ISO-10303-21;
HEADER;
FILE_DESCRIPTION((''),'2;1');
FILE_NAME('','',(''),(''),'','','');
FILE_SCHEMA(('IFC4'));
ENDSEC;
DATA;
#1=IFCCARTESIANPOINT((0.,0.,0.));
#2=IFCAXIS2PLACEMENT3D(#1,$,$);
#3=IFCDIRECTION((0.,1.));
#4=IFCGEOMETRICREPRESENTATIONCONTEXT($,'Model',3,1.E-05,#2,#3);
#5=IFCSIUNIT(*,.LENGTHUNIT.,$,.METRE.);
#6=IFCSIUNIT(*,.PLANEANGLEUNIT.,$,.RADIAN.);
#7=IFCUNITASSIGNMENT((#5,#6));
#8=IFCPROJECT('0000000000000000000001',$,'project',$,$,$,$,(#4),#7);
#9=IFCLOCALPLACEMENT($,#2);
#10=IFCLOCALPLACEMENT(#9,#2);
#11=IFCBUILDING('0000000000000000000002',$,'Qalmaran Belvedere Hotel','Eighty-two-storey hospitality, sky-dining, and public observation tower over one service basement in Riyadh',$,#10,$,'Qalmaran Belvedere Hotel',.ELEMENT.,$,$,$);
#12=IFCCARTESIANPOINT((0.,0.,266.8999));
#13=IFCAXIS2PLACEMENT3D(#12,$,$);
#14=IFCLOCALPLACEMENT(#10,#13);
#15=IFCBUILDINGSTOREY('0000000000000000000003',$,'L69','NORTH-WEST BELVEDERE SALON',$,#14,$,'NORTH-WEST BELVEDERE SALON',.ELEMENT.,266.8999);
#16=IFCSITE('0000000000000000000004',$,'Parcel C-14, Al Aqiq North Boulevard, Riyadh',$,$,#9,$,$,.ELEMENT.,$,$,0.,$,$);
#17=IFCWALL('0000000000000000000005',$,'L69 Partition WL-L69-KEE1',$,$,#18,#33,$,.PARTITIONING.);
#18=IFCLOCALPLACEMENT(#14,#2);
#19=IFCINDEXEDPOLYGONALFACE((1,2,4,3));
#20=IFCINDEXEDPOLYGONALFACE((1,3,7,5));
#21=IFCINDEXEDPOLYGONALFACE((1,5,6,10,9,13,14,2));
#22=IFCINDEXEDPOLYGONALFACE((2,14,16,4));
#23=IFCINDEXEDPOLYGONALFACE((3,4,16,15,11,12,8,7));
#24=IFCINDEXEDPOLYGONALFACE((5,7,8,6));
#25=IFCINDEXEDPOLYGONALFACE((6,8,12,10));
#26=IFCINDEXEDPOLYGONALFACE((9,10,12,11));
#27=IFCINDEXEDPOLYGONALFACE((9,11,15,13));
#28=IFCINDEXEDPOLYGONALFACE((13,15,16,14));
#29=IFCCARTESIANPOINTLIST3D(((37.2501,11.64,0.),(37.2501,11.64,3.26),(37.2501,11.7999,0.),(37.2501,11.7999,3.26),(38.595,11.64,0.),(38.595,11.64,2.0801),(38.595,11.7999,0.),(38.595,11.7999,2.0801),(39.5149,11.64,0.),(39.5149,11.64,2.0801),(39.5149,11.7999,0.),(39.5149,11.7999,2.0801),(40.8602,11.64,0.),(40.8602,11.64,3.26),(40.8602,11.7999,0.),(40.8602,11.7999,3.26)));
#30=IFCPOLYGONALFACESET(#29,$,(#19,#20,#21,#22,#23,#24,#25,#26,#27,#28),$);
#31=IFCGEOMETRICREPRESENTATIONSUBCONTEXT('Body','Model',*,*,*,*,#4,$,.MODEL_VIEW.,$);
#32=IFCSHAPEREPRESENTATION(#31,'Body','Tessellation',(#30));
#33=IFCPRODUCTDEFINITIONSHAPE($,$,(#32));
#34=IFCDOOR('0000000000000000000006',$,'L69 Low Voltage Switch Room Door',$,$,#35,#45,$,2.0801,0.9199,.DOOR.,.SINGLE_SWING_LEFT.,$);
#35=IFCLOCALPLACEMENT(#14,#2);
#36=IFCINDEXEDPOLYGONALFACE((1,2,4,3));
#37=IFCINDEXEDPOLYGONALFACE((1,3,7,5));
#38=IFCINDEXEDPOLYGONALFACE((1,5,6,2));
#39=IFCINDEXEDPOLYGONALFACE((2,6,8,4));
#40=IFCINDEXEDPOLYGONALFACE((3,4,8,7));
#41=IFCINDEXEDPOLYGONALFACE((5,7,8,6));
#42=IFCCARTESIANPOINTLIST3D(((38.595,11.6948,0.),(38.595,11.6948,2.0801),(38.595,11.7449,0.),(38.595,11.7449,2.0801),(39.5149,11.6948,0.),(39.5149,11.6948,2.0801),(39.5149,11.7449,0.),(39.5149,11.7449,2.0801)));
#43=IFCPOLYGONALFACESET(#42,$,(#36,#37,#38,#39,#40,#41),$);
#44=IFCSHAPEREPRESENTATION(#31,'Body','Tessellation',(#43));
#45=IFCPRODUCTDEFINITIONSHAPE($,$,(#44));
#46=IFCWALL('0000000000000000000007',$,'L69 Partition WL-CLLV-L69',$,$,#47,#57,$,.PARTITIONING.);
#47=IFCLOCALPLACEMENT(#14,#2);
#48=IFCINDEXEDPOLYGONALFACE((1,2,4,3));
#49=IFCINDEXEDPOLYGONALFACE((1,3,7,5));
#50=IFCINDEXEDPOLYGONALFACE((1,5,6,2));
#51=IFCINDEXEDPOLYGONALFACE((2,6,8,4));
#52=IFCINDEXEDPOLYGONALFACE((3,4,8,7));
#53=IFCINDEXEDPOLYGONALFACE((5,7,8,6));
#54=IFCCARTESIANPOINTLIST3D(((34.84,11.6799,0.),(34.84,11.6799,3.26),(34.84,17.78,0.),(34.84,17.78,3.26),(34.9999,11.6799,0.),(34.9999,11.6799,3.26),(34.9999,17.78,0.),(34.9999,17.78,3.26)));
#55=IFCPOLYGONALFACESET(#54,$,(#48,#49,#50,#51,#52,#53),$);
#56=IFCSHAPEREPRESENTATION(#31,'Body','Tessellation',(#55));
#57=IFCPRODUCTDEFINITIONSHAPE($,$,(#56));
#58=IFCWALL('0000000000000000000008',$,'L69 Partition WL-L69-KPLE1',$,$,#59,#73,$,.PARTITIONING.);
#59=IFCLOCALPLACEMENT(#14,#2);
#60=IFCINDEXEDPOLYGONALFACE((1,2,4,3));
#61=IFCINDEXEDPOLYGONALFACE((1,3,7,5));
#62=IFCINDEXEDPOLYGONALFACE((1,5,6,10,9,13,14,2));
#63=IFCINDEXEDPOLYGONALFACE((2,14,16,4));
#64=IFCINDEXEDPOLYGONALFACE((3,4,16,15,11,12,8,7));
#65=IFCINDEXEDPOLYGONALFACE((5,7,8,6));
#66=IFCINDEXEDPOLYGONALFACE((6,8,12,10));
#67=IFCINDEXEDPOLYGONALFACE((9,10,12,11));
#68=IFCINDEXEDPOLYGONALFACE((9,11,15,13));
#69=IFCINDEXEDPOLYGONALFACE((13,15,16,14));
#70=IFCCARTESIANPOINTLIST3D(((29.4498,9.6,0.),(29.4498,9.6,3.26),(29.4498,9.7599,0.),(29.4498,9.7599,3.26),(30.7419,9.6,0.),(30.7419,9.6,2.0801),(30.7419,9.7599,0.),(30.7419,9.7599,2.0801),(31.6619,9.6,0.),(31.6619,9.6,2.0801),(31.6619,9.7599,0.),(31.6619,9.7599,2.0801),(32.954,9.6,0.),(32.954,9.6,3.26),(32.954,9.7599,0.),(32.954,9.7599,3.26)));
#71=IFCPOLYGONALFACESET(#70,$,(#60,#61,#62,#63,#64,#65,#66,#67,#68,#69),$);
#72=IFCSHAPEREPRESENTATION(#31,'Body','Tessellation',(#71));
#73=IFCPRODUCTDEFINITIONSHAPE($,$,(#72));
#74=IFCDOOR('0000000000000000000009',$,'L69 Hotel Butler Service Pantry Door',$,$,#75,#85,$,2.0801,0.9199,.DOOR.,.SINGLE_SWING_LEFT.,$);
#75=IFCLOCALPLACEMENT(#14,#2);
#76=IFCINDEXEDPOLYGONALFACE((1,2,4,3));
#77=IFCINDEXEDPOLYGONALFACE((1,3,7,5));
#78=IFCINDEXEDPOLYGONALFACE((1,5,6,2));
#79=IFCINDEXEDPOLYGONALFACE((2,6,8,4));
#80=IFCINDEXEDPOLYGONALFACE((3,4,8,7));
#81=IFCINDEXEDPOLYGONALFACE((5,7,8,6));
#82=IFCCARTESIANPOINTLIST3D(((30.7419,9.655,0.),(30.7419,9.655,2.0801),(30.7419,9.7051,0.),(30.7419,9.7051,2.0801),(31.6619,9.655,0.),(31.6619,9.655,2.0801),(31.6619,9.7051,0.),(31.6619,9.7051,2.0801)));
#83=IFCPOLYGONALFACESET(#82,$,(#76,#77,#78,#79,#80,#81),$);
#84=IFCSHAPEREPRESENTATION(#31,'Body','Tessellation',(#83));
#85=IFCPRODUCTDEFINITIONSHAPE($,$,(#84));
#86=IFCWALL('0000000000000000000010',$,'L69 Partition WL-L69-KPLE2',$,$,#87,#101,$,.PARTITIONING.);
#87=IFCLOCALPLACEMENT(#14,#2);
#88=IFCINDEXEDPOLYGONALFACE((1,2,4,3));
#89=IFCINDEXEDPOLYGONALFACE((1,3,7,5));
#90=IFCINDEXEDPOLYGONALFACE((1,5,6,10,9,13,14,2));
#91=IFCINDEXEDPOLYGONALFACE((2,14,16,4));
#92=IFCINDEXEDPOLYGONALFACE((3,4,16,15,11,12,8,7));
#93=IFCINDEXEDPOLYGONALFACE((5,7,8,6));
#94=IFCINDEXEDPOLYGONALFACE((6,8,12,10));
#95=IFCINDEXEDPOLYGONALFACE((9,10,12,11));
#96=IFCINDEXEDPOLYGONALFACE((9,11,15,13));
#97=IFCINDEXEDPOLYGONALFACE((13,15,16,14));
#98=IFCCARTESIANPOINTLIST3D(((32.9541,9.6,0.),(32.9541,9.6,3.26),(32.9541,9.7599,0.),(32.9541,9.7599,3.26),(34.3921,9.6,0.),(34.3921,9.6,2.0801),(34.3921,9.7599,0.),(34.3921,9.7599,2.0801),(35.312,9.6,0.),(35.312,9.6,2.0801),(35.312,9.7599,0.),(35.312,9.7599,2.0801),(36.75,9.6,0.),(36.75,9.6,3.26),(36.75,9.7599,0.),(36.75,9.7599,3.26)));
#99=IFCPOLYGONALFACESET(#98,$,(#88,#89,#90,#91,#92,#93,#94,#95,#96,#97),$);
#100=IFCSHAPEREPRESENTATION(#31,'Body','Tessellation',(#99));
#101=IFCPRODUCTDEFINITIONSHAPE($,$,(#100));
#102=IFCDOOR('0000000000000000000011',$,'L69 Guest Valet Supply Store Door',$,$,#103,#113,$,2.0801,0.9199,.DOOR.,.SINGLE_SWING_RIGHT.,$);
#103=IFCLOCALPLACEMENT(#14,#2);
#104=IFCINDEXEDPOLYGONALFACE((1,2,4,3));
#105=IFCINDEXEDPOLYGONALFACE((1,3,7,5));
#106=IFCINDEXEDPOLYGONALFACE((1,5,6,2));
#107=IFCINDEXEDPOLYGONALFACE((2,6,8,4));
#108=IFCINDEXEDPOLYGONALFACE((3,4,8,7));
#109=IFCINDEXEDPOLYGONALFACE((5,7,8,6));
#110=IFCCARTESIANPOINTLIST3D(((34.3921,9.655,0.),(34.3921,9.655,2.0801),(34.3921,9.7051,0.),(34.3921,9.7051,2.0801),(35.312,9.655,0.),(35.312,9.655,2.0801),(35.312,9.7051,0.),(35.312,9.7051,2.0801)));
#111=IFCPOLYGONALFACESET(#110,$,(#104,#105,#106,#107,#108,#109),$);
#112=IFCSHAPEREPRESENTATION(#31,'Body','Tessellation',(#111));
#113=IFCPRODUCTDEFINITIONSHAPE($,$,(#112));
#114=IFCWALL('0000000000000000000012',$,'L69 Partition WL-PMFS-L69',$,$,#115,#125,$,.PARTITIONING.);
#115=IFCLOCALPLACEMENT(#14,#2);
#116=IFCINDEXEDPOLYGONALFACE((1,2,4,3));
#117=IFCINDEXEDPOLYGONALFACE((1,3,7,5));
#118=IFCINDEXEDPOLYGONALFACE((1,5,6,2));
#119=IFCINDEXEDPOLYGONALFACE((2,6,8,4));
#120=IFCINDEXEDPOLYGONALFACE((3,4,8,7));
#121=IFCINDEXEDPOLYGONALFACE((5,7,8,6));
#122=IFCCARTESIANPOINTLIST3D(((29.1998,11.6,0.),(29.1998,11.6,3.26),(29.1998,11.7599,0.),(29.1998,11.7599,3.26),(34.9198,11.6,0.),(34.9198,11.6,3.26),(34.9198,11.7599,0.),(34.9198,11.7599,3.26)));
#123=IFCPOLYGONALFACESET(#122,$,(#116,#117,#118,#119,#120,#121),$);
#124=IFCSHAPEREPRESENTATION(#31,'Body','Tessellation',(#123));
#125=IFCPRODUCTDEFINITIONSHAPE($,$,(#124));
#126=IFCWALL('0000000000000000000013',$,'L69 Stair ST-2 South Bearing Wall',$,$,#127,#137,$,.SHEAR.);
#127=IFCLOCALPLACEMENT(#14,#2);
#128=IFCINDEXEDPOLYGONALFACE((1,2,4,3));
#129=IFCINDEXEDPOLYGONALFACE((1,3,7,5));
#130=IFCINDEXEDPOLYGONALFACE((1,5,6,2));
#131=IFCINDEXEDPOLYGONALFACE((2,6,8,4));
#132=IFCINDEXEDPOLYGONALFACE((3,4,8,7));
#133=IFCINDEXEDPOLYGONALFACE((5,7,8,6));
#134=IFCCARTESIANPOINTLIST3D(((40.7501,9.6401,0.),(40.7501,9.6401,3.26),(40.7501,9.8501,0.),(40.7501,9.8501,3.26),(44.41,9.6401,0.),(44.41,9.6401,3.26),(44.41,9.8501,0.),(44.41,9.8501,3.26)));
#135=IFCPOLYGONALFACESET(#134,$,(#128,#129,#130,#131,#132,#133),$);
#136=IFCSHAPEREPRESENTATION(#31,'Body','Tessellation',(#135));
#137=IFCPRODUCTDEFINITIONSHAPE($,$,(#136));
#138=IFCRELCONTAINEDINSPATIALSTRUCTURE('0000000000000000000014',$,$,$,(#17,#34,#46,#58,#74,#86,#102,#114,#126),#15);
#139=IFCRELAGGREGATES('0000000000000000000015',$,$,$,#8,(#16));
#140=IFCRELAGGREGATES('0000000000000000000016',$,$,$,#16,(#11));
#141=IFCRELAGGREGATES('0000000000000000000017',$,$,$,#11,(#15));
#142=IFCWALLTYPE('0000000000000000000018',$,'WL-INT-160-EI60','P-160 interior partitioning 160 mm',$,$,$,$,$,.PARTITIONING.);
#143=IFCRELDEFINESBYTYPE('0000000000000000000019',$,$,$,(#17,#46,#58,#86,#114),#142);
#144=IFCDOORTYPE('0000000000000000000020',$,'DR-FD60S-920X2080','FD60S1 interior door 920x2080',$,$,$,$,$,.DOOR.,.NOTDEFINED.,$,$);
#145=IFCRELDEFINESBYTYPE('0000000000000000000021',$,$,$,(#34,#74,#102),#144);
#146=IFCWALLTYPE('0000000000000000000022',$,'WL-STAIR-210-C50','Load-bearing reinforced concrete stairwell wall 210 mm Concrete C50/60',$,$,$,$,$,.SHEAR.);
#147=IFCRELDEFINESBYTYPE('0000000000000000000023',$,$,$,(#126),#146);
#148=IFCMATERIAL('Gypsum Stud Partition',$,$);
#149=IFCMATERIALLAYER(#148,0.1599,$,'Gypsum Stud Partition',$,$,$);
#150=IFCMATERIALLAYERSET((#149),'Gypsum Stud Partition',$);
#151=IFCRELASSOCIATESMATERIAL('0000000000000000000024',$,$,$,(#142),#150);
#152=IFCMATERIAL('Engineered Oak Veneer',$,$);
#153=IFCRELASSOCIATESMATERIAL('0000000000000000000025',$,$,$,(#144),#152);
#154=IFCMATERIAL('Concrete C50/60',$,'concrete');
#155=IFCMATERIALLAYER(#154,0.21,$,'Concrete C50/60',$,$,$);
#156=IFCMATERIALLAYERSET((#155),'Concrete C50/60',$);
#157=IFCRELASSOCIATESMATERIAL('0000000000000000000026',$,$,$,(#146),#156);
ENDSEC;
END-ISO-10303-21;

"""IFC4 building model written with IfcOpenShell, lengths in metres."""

from ifc_helpers import new_model, si_unit, direction, frame, frame_2d, origin, place, context, subcontext, project, spatial, rectangle, extrude, material, layer, layer_set, type_object, element, fill, save


model = new_model("IFC4")

# Units and contexts
model_context = context("Model", 3, precision=1e-05, world=origin(), true_north=direction((0.0, 1.0)))
body_context = subcontext(model_context, "Body", "Model", "MODEL_VIEW")
ifc_project = project(units=[si_unit("LENGTHUNIT", "METRE"), si_unit("PLANEANGLEUNIT", "RADIAN")], contexts=[model_context])

# Site, building, storey
site_placement = place(None, origin())
site = spatial("IfcSite", under=ifc_project, at=site_placement, Name="Parcel C-14, Al Aqiq North Boulevard, Riyadh", CompositionType="ELEMENT", RefElevation=0.0)
building_placement = place(site_placement, origin())
building = spatial("IfcBuilding", under=site, at=building_placement, Name="Qalmaran Belvedere Hotel", Description="Eighty-two-storey hospitality, sky-dining, and public observation tower over one service basement in Riyadh", LongName="Qalmaran Belvedere Hotel", CompositionType="ELEMENT")
storey_placement = place(building_placement, frame((0.0, 0.0, 266.8999)))
storey = spatial("IfcBuildingStorey", under=building, at=storey_placement, Name="L69", Description="NORTH-WEST BELVEDERE SALON", LongName="NORTH-WEST BELVEDERE SALON", CompositionType="ELEMENT", Elevation=266.8999)

# Shared definitions
ifc_material_1 = material(Name="Concrete C50/60", Category="concrete")

# Shared definitions
ifc_material_2 = material(Name="Gypsum Stud Partition")

# Wall, opening, door
ifc_layer_1 = layer(ifc_material_2, 0.1599, Name="Gypsum Stud Partition")
ifc_layer_set_1 = layer_set([ifc_layer_1], Name="Gypsum Stud Partition")
wall_type_1 = type_object("IfcWallType", Name="WL-INT-160-EI60", Description="P-160 interior partitioning 160 mm", PredefinedType="PARTITIONING", material=ifc_layer_set_1)
ifc_material_3 = material(Name="Engineered Oak Veneer")
door_type_1 = type_object("IfcDoorType", Name="DR-FD60S-920X2080", Description="FD60S1 interior door 920x2080", OperationType="NOTDEFINED", PredefinedType="DOOR", material=ifc_material_3)
wall_1_placement = place(storey_placement, frame((37.25, 11.72, 0.0), z_axis=(0.0, 0.0, 1.0), x_axis=(1.0, 0.0, 0.0)))
wall_1 = element("IfcWall", 1, at=wall_1_placement, inside=storey, type_object=wall_type_1, Name="L69 Partition WL-L69-KEE1", PredefinedType="PARTITIONING", context=body_context, shape_type="SweptSolid", body=[
    extrude(rectangle(XDim=3.6101, YDim=0.1599, at=frame_2d((1.8052, 0.0))), origin(), (0.0, 0.0, 1.0), 3.26),
])
opening_1_placement = place(wall_1_placement, frame((1.345, 0.0, 0.0)))
opening_1 = element("IfcOpeningElement", 2, at=opening_1_placement, cuts=wall_1, PredefinedType="OPENING", context=body_context, shape_type="SweptSolid", body=[
    extrude(rectangle(XDim=0.9199, YDim=2.0801, at=frame_2d((0.46, 1.04))), frame((0.0, 0.0898, 0.0), z_axis=(0.0, -1.0, 0.0), x_axis=(1.0, 0.0, 0.0)), (0.0, 0.0, 1.0), 0.1799),
])
door_1_placement = place(opening_1_placement, origin())
door_1 = element("IfcDoor", 3, at=door_1_placement, inside=storey, type_object=door_type_1, Name="L69 Low Voltage Switch Room Door", OperationType="SINGLE_SWING_LEFT", OverallHeight=2.0801, OverallWidth=0.9199, PredefinedType="DOOR", context=body_context, shape_type="SweptSolid", body=[
    extrude(rectangle(XDim=0.9199, YDim=2.0801, at=frame_2d((0.46, 1.04))), frame((0.0, 0.0249, 0.0), z_axis=(0.0, -1.0, 0.0), x_axis=(1.0, 0.0, 0.0)), (0.0, 0.0, 1.0), 0.05),
])
fill(opening_1, door_1)

# Wall
wall_2_placement = place(storey_placement, frame((34.9199, 11.6799, 0.0), z_axis=(0.0, 0.0, 1.0), x_axis=(0.0, 1.0, 0.0)))
element("IfcWall", 4, at=wall_2_placement, inside=storey, type_object=wall_type_1, Name="L69 Partition WL-CLLV-L69", PredefinedType="PARTITIONING", context=body_context, shape_type="SweptSolid", body=[
    extrude(rectangle(XDim=6.1001, YDim=0.1599, at=frame_2d((3.05, 0.0))), origin(), (0.0, 0.0, 1.0), 3.26),
])

# Walls, openings, doors
wall_3_placement = place(storey_placement, frame((29.45, 9.6799, 0.0), z_axis=(0.0, 0.0, 1.0), x_axis=(1.0, 0.0, 0.0)))
wall_3 = element("IfcWall", 5, at=wall_3_placement, inside=storey, type_object=wall_type_1, Name="L69 Partition WL-L69-KPLE1", PredefinedType="PARTITIONING", context=body_context, shape_type="SweptSolid", body=[
    extrude(rectangle(XDim=3.5042, YDim=0.1599, at=frame_2d((1.752, 0.0))), origin(), (0.0, 0.0, 1.0), 3.26),
])
opening_2_placement = place(wall_3_placement, frame((2.2119, 0.0, 0.0), z_axis=(0.0, 0.0, 1.0), x_axis=(-1.0, 0.0, 0.0)))
opening_2 = element("IfcOpeningElement", 6, at=opening_2_placement, cuts=wall_3, PredefinedType="OPENING", context=body_context, shape_type="SweptSolid", body=[
    extrude(rectangle(XDim=0.9199, YDim=2.0801, at=frame_2d((0.46, 1.04))), frame((0.0, 0.0898, 0.0), z_axis=(0.0, -1.0, 0.0), x_axis=(1.0, 0.0, 0.0)), (0.0, 0.0, 1.0), 0.1799),
])
door_2_placement = place(opening_2_placement, origin())
door_2 = element("IfcDoor", 7, at=door_2_placement, inside=storey, type_object=door_type_1, Name="L69 Hotel Butler Service Pantry Door", OperationType="SINGLE_SWING_LEFT", OverallHeight=2.0801, OverallWidth=0.9199, PredefinedType="DOOR", context=body_context, shape_type="SweptSolid", body=[
    extrude(rectangle(XDim=0.9199, YDim=2.0801, at=frame_2d((0.46, 1.04))), frame((0.0, 0.0249, 0.0), z_axis=(0.0, -1.0, 0.0), x_axis=(1.0, 0.0, 0.0)), (0.0, 0.0, 1.0), 0.05),
])
fill(opening_2, door_2)
wall_4_placement = place(storey_placement, frame((32.9541, 9.6799, 0.0), z_axis=(0.0, 0.0, 1.0), x_axis=(1.0, 0.0, 0.0)))
wall_4 = element("IfcWall", 8, at=wall_4_placement, inside=storey, type_object=wall_type_1, Name="L69 Partition WL-L69-KPLE2", PredefinedType="PARTITIONING", context=body_context, shape_type="SweptSolid", body=[
    extrude(rectangle(XDim=3.7959, YDim=0.1599, at=frame_2d((1.8979, 0.0))), origin(), (0.0, 0.0, 1.0), 3.26),
])
opening_3_placement = place(wall_4_placement, frame((2.3579, 0.0, 0.0), z_axis=(0.0, 0.0, 1.0), x_axis=(-1.0, 0.0, 0.0)))
opening_3 = element("IfcOpeningElement", 9, at=opening_3_placement, cuts=wall_4, PredefinedType="OPENING", context=body_context, shape_type="SweptSolid", body=[
    extrude(rectangle(XDim=0.9199, YDim=2.0801, at=frame_2d((0.46, 1.04))), frame((0.0, 0.0898, 0.0), z_axis=(0.0, -1.0, 0.0), x_axis=(1.0, 0.0, 0.0)), (0.0, 0.0, 1.0), 0.1799),
])
door_3_placement = place(opening_3_placement, origin())
door_3 = element("IfcDoor", 10, at=door_3_placement, inside=storey, type_object=door_type_1, Name="L69 Guest Valet Supply Store Door", OperationType="SINGLE_SWING_RIGHT", OverallHeight=2.0801, OverallWidth=0.9199, PredefinedType="DOOR", context=body_context, shape_type="SweptSolid", body=[
    extrude(rectangle(XDim=0.9199, YDim=2.0801, at=frame_2d((0.46, 1.04))), frame((0.0, 0.0249, 0.0), z_axis=(0.0, -1.0, 0.0), x_axis=(1.0, 0.0, 0.0)), (0.0, 0.0, 1.0), 0.05),
])
fill(opening_3, door_3)

# Walls
wall_5_placement = place(storey_placement, frame((29.2, 11.6799, 0.0), z_axis=(0.0, 0.0, 1.0), x_axis=(1.0, 0.0, 0.0)))
element("IfcWall", 11, at=wall_5_placement, inside=storey, type_object=wall_type_1, Name="L69 Partition WL-PMFS-L69", PredefinedType="PARTITIONING", context=body_context, shape_type="SweptSolid", body=[
    extrude(rectangle(XDim=5.72, YDim=0.1599, at=frame_2d((2.8599, 0.0))), origin(), (0.0, 0.0, 1.0), 3.26),
])
ifc_layer_2 = layer(ifc_material_1, 0.21, Name="Concrete C50/60")
ifc_layer_set_2 = layer_set([ifc_layer_2], Name="Concrete C50/60")
wall_type_2 = type_object("IfcWallType", Name="WL-STAIR-210-C50", Description="Load-bearing reinforced concrete stairwell wall 210 mm Concrete C50/60", PredefinedType="SHEAR", material=ifc_layer_set_2)
wall_6_placement = place(storey_placement, frame((40.75, 9.7451, 0.0), z_axis=(0.0, 0.0, 1.0), x_axis=(1.0, 0.0, 0.0)))
element("IfcWall", 12, at=wall_6_placement, inside=storey, type_object=wall_type_2, Name="L69 Stair ST-2 South Bearing Wall", PredefinedType="SHEAR", context=body_context, shape_type="SweptSolid", body=[
    extrude(rectangle(XDim=3.6599, YDim=0.21, at=frame_2d((1.8301, 0.0))), origin(), (0.0, 0.0, 1.0), 3.26),
])

save(model, "model.ifc")
